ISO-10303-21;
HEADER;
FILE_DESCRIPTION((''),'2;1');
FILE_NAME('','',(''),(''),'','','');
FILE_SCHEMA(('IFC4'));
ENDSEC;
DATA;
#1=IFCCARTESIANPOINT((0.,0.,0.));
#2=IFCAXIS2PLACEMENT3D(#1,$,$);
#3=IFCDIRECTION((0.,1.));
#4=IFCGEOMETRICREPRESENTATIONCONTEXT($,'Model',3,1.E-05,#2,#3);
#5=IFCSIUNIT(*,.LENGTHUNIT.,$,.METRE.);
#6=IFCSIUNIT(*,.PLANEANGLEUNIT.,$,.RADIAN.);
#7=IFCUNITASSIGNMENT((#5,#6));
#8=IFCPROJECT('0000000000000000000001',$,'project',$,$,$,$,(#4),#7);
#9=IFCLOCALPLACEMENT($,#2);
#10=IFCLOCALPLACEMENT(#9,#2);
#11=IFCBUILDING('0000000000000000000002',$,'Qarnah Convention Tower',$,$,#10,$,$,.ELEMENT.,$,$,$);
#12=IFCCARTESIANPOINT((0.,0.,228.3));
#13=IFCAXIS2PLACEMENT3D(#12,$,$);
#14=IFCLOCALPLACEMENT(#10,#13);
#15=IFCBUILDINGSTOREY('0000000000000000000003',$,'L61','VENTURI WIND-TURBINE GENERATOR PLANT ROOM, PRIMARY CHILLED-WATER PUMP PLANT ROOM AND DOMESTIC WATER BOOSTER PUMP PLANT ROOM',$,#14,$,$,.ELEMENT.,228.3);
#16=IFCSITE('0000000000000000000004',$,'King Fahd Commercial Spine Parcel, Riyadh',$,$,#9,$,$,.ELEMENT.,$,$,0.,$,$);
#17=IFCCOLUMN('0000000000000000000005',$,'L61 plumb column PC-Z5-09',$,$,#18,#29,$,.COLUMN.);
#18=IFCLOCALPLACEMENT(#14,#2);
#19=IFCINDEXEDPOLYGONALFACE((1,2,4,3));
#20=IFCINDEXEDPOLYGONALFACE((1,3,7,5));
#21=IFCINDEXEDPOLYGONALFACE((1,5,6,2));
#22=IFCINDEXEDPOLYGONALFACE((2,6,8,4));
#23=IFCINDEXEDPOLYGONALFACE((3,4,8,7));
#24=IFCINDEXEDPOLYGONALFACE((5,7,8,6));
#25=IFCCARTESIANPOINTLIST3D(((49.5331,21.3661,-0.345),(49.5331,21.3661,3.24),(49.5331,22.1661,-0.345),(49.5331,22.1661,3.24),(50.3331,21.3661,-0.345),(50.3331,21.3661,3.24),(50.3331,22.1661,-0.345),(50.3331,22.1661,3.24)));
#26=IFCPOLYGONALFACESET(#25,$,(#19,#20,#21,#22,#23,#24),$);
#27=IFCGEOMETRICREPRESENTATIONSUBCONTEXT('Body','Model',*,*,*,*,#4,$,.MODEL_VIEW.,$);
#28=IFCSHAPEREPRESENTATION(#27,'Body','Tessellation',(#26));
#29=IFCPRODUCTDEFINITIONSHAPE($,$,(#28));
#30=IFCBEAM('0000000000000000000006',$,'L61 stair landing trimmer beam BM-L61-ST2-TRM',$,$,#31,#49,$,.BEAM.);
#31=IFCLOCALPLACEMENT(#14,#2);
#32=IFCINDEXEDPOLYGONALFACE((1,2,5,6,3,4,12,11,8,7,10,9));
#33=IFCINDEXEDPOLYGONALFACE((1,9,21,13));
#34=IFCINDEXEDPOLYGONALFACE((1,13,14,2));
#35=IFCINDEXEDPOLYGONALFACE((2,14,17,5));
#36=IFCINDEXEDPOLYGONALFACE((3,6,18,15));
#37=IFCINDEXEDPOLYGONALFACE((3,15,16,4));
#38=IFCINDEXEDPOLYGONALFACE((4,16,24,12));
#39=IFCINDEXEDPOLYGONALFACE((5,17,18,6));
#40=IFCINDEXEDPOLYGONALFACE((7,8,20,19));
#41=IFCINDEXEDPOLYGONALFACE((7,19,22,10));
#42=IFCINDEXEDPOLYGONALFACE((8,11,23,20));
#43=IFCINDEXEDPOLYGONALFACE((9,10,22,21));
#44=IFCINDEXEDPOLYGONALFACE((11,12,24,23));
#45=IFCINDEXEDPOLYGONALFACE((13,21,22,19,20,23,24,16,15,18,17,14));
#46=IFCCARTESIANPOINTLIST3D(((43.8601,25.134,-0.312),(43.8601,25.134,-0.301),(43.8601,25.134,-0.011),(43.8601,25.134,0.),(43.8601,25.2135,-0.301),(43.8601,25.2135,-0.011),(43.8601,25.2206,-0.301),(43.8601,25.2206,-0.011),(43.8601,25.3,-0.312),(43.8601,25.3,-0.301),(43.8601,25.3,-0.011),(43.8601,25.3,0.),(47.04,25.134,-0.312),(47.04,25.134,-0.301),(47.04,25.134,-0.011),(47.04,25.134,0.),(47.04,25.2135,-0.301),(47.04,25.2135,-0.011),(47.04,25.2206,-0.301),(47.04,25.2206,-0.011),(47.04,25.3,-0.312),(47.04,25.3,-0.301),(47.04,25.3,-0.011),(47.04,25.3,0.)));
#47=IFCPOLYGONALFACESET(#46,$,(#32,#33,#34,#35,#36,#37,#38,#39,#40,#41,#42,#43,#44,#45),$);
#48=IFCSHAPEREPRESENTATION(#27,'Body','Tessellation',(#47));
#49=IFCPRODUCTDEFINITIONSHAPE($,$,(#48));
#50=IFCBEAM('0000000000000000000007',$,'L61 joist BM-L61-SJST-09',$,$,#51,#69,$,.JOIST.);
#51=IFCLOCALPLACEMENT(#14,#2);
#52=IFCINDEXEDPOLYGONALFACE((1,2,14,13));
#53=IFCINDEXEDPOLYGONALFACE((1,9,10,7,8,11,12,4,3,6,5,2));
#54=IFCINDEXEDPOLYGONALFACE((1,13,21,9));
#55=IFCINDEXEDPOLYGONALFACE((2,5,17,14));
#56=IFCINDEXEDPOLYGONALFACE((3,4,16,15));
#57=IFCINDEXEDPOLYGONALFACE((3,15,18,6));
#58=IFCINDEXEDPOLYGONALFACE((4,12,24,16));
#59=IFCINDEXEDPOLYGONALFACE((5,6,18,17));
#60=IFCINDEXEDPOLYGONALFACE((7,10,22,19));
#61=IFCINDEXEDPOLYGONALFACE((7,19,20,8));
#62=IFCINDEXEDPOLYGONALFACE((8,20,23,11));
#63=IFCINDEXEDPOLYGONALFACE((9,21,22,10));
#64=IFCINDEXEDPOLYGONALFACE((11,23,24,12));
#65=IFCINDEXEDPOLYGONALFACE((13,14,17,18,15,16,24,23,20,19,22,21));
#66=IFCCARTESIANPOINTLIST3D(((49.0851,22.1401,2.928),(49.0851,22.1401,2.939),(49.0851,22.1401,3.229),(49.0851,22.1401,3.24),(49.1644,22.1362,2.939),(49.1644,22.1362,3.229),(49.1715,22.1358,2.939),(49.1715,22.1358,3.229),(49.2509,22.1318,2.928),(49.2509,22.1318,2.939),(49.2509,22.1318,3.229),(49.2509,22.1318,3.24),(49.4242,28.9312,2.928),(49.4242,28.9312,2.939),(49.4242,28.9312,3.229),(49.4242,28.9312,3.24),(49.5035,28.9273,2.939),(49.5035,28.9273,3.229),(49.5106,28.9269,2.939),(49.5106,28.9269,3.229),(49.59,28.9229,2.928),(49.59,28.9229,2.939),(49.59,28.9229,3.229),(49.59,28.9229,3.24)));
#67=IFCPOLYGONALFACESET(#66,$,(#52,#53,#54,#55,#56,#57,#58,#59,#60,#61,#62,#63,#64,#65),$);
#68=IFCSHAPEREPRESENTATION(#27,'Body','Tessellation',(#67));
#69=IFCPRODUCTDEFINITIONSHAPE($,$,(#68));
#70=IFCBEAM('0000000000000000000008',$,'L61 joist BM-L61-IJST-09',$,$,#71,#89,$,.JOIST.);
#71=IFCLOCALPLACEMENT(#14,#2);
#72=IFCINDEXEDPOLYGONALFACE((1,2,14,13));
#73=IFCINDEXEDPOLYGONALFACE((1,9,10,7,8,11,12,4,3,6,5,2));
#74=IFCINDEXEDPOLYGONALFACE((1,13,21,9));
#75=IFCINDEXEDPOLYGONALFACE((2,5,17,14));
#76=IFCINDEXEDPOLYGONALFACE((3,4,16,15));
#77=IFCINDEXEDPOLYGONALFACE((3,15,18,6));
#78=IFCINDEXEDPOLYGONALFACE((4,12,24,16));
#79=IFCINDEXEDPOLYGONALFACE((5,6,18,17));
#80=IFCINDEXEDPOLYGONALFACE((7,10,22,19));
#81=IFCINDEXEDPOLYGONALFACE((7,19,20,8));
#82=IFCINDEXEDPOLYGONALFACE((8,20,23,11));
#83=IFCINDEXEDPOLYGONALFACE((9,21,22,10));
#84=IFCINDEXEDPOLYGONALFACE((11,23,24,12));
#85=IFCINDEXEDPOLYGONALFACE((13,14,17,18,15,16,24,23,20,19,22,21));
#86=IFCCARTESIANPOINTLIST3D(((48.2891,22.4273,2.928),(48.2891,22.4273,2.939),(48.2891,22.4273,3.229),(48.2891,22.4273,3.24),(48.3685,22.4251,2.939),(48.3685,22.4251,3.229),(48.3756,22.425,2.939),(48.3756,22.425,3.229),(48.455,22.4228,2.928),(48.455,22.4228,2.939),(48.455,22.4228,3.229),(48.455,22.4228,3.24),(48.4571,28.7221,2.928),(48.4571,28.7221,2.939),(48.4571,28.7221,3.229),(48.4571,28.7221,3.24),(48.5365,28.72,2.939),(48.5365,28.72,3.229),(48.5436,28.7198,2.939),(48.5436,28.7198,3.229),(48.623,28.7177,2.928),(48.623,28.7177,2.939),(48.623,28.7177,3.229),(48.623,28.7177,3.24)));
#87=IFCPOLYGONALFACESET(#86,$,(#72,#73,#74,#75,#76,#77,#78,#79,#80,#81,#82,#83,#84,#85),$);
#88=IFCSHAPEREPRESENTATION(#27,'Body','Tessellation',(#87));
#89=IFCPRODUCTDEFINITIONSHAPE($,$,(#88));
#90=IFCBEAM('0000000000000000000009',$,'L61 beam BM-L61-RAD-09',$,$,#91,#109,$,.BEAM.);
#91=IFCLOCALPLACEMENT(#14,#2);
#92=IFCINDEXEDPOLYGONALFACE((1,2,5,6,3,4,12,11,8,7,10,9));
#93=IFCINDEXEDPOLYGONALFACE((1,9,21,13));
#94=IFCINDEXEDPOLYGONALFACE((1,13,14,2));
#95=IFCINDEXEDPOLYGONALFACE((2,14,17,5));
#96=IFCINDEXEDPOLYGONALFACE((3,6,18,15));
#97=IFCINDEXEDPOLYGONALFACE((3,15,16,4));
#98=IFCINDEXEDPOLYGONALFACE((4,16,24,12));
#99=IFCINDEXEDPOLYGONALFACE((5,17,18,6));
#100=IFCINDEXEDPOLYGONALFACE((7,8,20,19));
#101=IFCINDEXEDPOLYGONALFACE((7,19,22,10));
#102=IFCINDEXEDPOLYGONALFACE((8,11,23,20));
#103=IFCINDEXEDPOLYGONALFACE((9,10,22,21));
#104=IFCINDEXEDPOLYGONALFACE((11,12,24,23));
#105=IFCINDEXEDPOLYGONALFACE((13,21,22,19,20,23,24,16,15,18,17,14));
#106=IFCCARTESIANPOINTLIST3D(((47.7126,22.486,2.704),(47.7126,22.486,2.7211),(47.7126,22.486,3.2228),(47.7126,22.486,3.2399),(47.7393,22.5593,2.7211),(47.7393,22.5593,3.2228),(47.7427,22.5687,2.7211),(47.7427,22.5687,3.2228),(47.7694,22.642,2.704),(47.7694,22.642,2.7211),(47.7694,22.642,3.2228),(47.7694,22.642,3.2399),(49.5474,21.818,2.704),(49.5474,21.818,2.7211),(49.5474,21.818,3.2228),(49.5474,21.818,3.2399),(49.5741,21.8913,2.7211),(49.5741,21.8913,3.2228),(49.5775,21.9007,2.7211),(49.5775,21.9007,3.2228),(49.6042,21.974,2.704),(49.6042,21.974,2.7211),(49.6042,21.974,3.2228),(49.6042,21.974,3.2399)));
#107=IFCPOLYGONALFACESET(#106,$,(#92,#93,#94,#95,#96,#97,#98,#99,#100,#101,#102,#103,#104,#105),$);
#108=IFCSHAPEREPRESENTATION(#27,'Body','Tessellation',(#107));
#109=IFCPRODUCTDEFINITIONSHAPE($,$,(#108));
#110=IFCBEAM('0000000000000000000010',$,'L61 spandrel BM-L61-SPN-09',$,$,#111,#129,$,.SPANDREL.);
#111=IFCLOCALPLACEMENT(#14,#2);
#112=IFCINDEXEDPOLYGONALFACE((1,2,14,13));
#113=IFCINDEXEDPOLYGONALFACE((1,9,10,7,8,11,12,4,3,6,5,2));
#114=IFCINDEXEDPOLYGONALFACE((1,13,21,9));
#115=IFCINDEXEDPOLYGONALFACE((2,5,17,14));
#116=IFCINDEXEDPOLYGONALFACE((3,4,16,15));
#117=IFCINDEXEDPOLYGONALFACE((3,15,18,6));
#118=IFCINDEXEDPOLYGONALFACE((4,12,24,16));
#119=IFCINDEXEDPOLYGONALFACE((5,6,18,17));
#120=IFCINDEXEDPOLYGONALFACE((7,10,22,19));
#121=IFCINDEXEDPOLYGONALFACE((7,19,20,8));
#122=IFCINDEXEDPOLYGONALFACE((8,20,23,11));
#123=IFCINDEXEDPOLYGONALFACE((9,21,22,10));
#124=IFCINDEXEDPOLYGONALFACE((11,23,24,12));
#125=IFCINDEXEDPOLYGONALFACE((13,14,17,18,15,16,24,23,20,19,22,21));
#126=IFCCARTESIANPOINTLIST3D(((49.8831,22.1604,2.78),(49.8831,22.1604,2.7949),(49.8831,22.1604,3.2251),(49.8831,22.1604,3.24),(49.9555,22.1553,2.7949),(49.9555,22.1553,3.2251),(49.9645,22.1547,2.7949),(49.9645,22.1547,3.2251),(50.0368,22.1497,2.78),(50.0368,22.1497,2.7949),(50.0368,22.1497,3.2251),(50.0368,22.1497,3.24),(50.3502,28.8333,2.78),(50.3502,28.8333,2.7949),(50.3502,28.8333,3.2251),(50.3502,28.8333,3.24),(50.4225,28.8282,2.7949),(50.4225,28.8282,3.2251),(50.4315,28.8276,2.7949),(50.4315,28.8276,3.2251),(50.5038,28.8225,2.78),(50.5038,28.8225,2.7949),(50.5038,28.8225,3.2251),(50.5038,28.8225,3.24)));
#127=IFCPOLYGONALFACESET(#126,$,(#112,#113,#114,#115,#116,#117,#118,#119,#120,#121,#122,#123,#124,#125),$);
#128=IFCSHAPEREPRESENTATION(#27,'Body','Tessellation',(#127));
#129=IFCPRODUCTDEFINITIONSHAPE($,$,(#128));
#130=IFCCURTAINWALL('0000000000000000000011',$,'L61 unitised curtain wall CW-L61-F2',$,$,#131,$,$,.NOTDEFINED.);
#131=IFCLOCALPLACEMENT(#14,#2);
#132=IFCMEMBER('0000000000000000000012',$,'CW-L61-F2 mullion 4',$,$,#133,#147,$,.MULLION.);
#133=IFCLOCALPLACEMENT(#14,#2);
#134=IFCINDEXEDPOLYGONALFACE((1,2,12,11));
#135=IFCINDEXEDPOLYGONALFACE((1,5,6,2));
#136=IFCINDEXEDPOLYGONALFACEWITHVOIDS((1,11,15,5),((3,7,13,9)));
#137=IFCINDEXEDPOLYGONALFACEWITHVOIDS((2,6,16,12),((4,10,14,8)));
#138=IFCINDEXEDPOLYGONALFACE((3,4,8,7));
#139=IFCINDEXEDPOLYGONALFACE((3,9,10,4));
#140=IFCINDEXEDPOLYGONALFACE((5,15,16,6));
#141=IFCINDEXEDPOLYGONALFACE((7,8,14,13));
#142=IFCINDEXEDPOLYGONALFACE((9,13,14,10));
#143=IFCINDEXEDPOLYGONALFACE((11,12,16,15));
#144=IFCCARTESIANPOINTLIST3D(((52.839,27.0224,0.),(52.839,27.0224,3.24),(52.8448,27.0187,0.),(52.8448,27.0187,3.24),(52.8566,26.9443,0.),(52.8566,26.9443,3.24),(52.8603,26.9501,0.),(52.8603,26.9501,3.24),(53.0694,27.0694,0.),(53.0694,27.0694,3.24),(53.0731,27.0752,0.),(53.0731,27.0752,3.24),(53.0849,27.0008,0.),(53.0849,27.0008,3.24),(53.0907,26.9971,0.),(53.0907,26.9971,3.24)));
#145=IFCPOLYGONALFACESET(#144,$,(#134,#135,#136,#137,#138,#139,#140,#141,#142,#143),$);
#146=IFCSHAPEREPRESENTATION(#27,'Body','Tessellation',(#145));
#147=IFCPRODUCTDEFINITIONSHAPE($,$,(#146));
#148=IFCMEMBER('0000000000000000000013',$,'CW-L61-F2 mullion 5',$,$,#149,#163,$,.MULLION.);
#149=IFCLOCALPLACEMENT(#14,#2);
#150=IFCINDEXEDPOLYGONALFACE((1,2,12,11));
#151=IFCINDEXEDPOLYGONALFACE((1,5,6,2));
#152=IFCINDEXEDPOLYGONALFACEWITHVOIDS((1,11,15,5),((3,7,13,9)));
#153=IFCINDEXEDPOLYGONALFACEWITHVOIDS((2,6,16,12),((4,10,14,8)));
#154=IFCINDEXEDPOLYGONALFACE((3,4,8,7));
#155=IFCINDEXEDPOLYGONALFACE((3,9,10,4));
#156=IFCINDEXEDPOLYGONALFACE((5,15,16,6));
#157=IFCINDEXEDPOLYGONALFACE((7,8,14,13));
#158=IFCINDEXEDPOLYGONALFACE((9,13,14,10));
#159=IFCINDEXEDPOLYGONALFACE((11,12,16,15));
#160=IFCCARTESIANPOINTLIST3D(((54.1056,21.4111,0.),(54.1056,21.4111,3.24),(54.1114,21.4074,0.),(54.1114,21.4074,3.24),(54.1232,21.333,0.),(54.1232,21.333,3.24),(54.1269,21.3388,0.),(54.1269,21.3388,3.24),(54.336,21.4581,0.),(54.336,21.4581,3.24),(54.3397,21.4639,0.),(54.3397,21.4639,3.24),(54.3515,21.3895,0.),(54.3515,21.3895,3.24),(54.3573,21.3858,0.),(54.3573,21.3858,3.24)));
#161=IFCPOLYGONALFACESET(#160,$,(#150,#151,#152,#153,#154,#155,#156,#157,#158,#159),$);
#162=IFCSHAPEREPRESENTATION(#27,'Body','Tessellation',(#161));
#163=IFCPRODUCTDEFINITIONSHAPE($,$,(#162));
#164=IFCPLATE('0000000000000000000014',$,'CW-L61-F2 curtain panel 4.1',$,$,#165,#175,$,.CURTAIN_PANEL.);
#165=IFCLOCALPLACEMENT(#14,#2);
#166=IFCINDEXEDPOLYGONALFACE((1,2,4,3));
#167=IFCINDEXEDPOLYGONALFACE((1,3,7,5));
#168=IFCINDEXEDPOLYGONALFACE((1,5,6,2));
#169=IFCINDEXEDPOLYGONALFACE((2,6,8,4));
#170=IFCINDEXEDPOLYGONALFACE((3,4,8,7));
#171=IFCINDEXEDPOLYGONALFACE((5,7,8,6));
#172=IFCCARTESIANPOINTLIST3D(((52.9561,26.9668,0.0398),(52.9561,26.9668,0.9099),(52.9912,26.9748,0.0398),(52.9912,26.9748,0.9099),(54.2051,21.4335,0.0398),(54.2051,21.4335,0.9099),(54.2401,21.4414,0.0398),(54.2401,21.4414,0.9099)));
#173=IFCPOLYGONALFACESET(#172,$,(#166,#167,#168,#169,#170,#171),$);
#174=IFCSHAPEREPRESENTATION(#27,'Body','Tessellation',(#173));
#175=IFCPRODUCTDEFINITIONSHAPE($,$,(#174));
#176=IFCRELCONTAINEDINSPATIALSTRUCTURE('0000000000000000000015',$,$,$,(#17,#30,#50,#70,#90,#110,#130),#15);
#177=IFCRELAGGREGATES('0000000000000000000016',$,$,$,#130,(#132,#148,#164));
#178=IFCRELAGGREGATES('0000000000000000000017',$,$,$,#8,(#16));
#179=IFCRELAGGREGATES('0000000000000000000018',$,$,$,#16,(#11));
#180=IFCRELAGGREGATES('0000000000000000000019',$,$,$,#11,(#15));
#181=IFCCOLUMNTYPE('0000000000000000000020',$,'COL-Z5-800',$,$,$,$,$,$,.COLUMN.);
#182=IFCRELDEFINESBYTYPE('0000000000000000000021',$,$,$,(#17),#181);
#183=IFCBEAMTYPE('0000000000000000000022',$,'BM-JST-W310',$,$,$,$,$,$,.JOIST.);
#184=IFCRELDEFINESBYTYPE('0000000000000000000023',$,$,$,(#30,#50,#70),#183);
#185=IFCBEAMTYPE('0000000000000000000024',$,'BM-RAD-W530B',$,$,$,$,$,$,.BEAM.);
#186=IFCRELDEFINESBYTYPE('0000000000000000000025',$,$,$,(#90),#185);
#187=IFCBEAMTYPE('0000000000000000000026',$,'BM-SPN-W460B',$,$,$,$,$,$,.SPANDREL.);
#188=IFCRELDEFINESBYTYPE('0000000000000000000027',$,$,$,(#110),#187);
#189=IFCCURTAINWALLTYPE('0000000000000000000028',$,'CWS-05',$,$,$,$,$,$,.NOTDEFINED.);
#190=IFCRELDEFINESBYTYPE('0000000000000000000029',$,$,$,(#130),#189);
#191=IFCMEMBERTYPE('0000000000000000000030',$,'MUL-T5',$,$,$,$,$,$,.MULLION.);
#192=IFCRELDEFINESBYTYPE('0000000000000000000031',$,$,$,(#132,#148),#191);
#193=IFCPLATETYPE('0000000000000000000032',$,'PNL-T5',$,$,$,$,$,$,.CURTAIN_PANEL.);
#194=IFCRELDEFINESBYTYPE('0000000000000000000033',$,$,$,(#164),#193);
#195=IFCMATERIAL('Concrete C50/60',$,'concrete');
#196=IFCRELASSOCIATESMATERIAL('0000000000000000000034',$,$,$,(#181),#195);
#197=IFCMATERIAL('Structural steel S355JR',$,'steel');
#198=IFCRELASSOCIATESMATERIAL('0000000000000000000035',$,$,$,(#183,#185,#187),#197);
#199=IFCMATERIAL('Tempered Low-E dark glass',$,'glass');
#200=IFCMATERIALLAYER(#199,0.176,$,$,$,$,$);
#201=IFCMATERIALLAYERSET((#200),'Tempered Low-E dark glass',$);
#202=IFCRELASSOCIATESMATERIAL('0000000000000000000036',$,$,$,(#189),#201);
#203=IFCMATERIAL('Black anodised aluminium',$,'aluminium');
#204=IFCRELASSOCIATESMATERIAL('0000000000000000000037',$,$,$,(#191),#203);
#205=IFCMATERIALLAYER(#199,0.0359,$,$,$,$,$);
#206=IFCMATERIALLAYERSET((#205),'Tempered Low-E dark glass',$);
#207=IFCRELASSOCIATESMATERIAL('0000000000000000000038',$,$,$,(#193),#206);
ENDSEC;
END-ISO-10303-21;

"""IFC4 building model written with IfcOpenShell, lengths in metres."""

from ifc_helpers import new_model, si_unit, direction, frame, origin, origin_2d, place, context, subcontext, project, spatial, rectangle, hollow_rectangle, i_section, extrude, material, layer, layer_set, material_profile, profile_set, type_object, element, aggregate, save


model = new_model("IFC4")

# Units and contexts
model_context = context("Model", 3, precision=1e-05, world=origin(), true_north=direction((0.0, 1.0)))
body_context = subcontext(model_context, "Body", "Model", "MODEL_VIEW")
ifc_project = project(units=[si_unit("LENGTHUNIT", "METRE"), si_unit("PLANEANGLEUNIT", "RADIAN")], contexts=[model_context])

# Site, building, storey
site_placement = place(None, origin())
site = spatial("IfcSite", under=ifc_project, at=site_placement, Name="King Fahd Commercial Spine Parcel, Riyadh", CompositionType="ELEMENT", RefElevation=0.0)
building_placement = place(site_placement, origin())
building = spatial("IfcBuilding", under=site, at=building_placement, Name="Qarnah Convention Tower", CompositionType="ELEMENT")
storey_placement = place(building_placement, frame((0.0, 0.0, 228.3)))
storey = spatial("IfcBuildingStorey", under=building, at=storey_placement, Name="L61", Description="VENTURI WIND-TURBINE GENERATOR PLANT ROOM, PRIMARY CHILLED-WATER PUMP PLANT ROOM AND DOMESTIC WATER BOOSTER PUMP PLANT ROOM", CompositionType="ELEMENT", Elevation=228.3)

# Column
ifc_material_1 = material(Name="Concrete C50/60", Category="concrete")
ifc_material_profile_1 = material_profile(ifc_material_1, rectangle(XDim=0.8, YDim=0.8, at=origin_2d()), Name="RC-COL-800X800")
ifc_profile_set_1 = profile_set([ifc_material_profile_1], Name="Concrete C50/60")
column_type = type_object("IfcColumnType", Name="COL-Z5-800", PredefinedType="COLUMN", material=ifc_profile_set_1)
column_placement = place(storey_placement, frame((49.9331, 21.7661, -0.345), z_axis=(0.0, 0.0, 1.0), x_axis=(1.0, 0.0, 0.0)))
element("IfcColumn", 1, at=column_placement, inside=storey, type_object=column_type, Name="L61 plumb column PC-Z5-09", PredefinedType="COLUMN", context=body_context, shape_type="SweptSolid", body=[
    extrude(rectangle(XDim=0.8, YDim=0.8, at=origin_2d()), origin(), (0.0, 0.0, 1.0), 3.585),
])

# Beams
ifc_material_2 = material(Name="Structural steel S355JR", Category="steel")
ifc_material_profile_2 = material_profile(ifc_material_2, i_section(OverallWidth=0.166, OverallDepth=0.312, WebThickness=0.0071, FlangeThickness=0.011, at=origin_2d()), Name="W310X45")
ifc_profile_set_2 = profile_set([ifc_material_profile_2], Name="Structural steel S355JR")
beam_type_1 = type_object("IfcBeamType", Name="BM-JST-W310", PredefinedType="JOIST", material=ifc_profile_set_2)
beam_1_placement = place(storey_placement, frame((43.8601, 25.217, -0.156), z_axis=(1.0, 0.0, 0.0), x_axis=(0.0, 1.0, 0.0)))
element("IfcBeam", 2, at=beam_1_placement, inside=storey, type_object=beam_type_1, Name="L61 stair landing trimmer beam BM-L61-ST2-TRM", PredefinedType="BEAM", context=body_context, shape_type="SweptSolid", body=[
    extrude(i_section(OverallWidth=0.166, OverallDepth=0.312, WebThickness=0.0071, FlangeThickness=0.011, at=origin_2d()), origin(), (0.0, 0.0, 1.0), 3.1799),
])
beam_2_placement = place(storey_placement, frame((49.168, 22.136, 3.084), z_axis=(0.049873, 0.998756, 0.0), x_axis=(-0.998756, 0.049873, 0.0)))
element("IfcBeam", 3, at=beam_2_placement, inside=storey, type_object=beam_type_1, Name="L61 joist BM-L61-SJST-09", PredefinedType="JOIST", context=body_context, shape_type="SweptSolid", body=[
    extrude(i_section(OverallWidth=0.166, OverallDepth=0.312, WebThickness=0.0071, FlangeThickness=0.011, at=origin_2d()), origin(), (0.0, 0.0, 1.0), 6.7996),
])
beam_3_placement = place(storey_placement, frame((48.3721, 22.425, 3.084), z_axis=(0.026674, 0.999644, 0.0), x_axis=(-0.999644, 0.026674, 0.0)))
element("IfcBeam", 4, at=beam_3_placement, inside=storey, type_object=beam_type_1, Name="L61 joist BM-L61-IJST-09", PredefinedType="JOIST", context=body_context, shape_type="SweptSolid", body=[
    extrude(i_section(OverallWidth=0.166, OverallDepth=0.312, WebThickness=0.0071, FlangeThickness=0.011, at=origin_2d()), origin(), (0.0, 0.0, 1.0), 6.2971),
])
ifc_material_profile_3 = material_profile(ifc_material_2, i_section(OverallWidth=0.166, OverallDepth=0.5359, WebThickness=0.01, FlangeThickness=0.0171, at=origin_2d()), Name="W530X85")
ifc_profile_set_3 = profile_set([ifc_material_profile_3], Name="Structural steel S355JR")
beam_type_2 = type_object("IfcBeamType", Name="BM-RAD-W530B", PredefinedType="BEAM", material=ifc_profile_set_3)
beam_4_placement = place(storey_placement, frame((47.741, 22.564, 2.9719), z_axis=(0.939677, -0.342064, 0.0), x_axis=(0.342064, 0.939677, 0.0)))
element("IfcBeam", 5, at=beam_4_placement, inside=storey, type_object=beam_type_2, Name="L61 beam BM-L61-RAD-09", PredefinedType="BEAM", context=body_context, shape_type="SweptSolid", body=[
    extrude(i_section(OverallWidth=0.166, OverallDepth=0.5359, WebThickness=0.01, FlangeThickness=0.0171, at=origin_2d()), origin(), (0.0, 0.0, 1.0), 1.9526),
])
ifc_material_profile_4 = material_profile(ifc_material_2, i_section(OverallWidth=0.1541, OverallDepth=0.46, WebThickness=0.009, FlangeThickness=0.0149, at=origin_2d()), Name="W460X68")
ifc_profile_set_4 = profile_set([ifc_material_profile_4], Name="Structural steel S355JR")
beam_type_3 = type_object("IfcBeamType", Name="BM-SPN-W460B", PredefinedType="SPANDREL", material=ifc_profile_set_4)
beam_5_placement = place(storey_placement, frame((49.96, 22.155, 3.01), z_axis=(0.06982, 0.99756, 0.0), x_axis=(-0.99756, 0.06982, 0.0)))
element("IfcBeam", 6, at=beam_5_placement, inside=storey, type_object=beam_type_3, Name="L61 spandrel BM-L61-SPN-09", PredefinedType="SPANDREL", context=body_context, shape_type="SweptSolid", body=[
    extrude(i_section(OverallWidth=0.1541, OverallDepth=0.46, WebThickness=0.009, FlangeThickness=0.0149, at=origin_2d()), origin(), (0.0, 0.0, 1.0), 6.6892),
])

# Curtain wall, members, plate
ifc_material_3 = material(Name="Tempered Low-E dark glass", Category="glass")
ifc_layer_1 = layer(ifc_material_3, 0.176)
ifc_layer_set_1 = layer_set([ifc_layer_1], Name="Tempered Low-E dark glass")
curtain_wall_type = type_object("IfcCurtainWallType", Name="CWS-05", PredefinedType="NOTDEFINED", material=ifc_layer_set_1)
curtain_wall_placement = place(storey_placement, origin())
curtain_wall = element("IfcCurtainWall", 7, at=curtain_wall_placement, inside=storey, type_object=curtain_wall_type, Name="L61 unitised curtain wall CW-L61-F2", PredefinedType="NOTDEFINED")
ifc_material_4 = material(Name="Black anodised aluminium", Category="aluminium")
ifc_material_profile_5 = material_profile(ifc_material_4, hollow_rectangle(XDim=0.0801, YDim=0.24, WallThickness=0.0049, at=origin_2d()), Name="MUL-80X240")
ifc_profile_set_5 = profile_set([ifc_material_profile_5], Name="Black anodised aluminium")
member_type = type_object("IfcMemberType", Name="MUL-T5", PredefinedType="MULLION", material=ifc_profile_set_5)
member_1_placement = place(storey_placement, frame((52.9648, 27.0098, 0.0), z_axis=(0.0, 0.0, 1.0), x_axis=(0.22018, -0.975459, 0.0)))
member_1 = element("IfcMember", 8, at=member_1_placement, type_object=member_type, Name="CW-L61-F2 mullion 4", PredefinedType="MULLION", context=body_context, shape_type="SweptSolid", body=[
    extrude(hollow_rectangle(XDim=0.0801, YDim=0.24, WallThickness=0.0049, at=origin_2d()), origin(), (0.0, 0.0, 1.0), 3.24),
])
member_2_placement = place(storey_placement, frame((54.2314, 21.3984, 0.0), z_axis=(0.0, 0.0, 1.0), x_axis=(0.22018, -0.975459, 0.0)))
member_2 = element("IfcMember", 9, at=member_2_placement, type_object=member_type, Name="CW-L61-F2 mullion 5", PredefinedType="MULLION", context=body_context, shape_type="SweptSolid", body=[
    extrude(hollow_rectangle(XDim=0.0801, YDim=0.24, WallThickness=0.0049, at=origin_2d()), origin(), (0.0, 0.0, 1.0), 3.24),
])
ifc_layer_2 = layer(ifc_material_3, 0.0359)
ifc_layer_set_2 = layer_set([ifc_layer_2], Name="Tempered Low-E dark glass")
plate_type = type_object("IfcPlateType", Name="PNL-T5", PredefinedType="CURTAIN_PANEL", material=ifc_layer_set_2)
plate_1_placement = place(storey_placement, frame((53.5981, 24.2041, 0.0398), z_axis=(0.0, 0.0, 1.0), x_axis=(0.22018, -0.975459, 0.0)))
plate_1 = element("IfcPlate", 10, at=plate_1_placement, type_object=plate_type, Name="CW-L61-F2 curtain panel 4.1", PredefinedType="CURTAIN_PANEL", context=body_context, shape_type="SweptSolid", body=[
    extrude(rectangle(XDim=5.6726, YDim=0.0359, at=origin_2d()), origin(), (0.0, 0.0, 1.0), 0.8701),
])
aggregate(curtain_wall, [member_1, member_2, plate_1])

save(model, "model.ifc")
